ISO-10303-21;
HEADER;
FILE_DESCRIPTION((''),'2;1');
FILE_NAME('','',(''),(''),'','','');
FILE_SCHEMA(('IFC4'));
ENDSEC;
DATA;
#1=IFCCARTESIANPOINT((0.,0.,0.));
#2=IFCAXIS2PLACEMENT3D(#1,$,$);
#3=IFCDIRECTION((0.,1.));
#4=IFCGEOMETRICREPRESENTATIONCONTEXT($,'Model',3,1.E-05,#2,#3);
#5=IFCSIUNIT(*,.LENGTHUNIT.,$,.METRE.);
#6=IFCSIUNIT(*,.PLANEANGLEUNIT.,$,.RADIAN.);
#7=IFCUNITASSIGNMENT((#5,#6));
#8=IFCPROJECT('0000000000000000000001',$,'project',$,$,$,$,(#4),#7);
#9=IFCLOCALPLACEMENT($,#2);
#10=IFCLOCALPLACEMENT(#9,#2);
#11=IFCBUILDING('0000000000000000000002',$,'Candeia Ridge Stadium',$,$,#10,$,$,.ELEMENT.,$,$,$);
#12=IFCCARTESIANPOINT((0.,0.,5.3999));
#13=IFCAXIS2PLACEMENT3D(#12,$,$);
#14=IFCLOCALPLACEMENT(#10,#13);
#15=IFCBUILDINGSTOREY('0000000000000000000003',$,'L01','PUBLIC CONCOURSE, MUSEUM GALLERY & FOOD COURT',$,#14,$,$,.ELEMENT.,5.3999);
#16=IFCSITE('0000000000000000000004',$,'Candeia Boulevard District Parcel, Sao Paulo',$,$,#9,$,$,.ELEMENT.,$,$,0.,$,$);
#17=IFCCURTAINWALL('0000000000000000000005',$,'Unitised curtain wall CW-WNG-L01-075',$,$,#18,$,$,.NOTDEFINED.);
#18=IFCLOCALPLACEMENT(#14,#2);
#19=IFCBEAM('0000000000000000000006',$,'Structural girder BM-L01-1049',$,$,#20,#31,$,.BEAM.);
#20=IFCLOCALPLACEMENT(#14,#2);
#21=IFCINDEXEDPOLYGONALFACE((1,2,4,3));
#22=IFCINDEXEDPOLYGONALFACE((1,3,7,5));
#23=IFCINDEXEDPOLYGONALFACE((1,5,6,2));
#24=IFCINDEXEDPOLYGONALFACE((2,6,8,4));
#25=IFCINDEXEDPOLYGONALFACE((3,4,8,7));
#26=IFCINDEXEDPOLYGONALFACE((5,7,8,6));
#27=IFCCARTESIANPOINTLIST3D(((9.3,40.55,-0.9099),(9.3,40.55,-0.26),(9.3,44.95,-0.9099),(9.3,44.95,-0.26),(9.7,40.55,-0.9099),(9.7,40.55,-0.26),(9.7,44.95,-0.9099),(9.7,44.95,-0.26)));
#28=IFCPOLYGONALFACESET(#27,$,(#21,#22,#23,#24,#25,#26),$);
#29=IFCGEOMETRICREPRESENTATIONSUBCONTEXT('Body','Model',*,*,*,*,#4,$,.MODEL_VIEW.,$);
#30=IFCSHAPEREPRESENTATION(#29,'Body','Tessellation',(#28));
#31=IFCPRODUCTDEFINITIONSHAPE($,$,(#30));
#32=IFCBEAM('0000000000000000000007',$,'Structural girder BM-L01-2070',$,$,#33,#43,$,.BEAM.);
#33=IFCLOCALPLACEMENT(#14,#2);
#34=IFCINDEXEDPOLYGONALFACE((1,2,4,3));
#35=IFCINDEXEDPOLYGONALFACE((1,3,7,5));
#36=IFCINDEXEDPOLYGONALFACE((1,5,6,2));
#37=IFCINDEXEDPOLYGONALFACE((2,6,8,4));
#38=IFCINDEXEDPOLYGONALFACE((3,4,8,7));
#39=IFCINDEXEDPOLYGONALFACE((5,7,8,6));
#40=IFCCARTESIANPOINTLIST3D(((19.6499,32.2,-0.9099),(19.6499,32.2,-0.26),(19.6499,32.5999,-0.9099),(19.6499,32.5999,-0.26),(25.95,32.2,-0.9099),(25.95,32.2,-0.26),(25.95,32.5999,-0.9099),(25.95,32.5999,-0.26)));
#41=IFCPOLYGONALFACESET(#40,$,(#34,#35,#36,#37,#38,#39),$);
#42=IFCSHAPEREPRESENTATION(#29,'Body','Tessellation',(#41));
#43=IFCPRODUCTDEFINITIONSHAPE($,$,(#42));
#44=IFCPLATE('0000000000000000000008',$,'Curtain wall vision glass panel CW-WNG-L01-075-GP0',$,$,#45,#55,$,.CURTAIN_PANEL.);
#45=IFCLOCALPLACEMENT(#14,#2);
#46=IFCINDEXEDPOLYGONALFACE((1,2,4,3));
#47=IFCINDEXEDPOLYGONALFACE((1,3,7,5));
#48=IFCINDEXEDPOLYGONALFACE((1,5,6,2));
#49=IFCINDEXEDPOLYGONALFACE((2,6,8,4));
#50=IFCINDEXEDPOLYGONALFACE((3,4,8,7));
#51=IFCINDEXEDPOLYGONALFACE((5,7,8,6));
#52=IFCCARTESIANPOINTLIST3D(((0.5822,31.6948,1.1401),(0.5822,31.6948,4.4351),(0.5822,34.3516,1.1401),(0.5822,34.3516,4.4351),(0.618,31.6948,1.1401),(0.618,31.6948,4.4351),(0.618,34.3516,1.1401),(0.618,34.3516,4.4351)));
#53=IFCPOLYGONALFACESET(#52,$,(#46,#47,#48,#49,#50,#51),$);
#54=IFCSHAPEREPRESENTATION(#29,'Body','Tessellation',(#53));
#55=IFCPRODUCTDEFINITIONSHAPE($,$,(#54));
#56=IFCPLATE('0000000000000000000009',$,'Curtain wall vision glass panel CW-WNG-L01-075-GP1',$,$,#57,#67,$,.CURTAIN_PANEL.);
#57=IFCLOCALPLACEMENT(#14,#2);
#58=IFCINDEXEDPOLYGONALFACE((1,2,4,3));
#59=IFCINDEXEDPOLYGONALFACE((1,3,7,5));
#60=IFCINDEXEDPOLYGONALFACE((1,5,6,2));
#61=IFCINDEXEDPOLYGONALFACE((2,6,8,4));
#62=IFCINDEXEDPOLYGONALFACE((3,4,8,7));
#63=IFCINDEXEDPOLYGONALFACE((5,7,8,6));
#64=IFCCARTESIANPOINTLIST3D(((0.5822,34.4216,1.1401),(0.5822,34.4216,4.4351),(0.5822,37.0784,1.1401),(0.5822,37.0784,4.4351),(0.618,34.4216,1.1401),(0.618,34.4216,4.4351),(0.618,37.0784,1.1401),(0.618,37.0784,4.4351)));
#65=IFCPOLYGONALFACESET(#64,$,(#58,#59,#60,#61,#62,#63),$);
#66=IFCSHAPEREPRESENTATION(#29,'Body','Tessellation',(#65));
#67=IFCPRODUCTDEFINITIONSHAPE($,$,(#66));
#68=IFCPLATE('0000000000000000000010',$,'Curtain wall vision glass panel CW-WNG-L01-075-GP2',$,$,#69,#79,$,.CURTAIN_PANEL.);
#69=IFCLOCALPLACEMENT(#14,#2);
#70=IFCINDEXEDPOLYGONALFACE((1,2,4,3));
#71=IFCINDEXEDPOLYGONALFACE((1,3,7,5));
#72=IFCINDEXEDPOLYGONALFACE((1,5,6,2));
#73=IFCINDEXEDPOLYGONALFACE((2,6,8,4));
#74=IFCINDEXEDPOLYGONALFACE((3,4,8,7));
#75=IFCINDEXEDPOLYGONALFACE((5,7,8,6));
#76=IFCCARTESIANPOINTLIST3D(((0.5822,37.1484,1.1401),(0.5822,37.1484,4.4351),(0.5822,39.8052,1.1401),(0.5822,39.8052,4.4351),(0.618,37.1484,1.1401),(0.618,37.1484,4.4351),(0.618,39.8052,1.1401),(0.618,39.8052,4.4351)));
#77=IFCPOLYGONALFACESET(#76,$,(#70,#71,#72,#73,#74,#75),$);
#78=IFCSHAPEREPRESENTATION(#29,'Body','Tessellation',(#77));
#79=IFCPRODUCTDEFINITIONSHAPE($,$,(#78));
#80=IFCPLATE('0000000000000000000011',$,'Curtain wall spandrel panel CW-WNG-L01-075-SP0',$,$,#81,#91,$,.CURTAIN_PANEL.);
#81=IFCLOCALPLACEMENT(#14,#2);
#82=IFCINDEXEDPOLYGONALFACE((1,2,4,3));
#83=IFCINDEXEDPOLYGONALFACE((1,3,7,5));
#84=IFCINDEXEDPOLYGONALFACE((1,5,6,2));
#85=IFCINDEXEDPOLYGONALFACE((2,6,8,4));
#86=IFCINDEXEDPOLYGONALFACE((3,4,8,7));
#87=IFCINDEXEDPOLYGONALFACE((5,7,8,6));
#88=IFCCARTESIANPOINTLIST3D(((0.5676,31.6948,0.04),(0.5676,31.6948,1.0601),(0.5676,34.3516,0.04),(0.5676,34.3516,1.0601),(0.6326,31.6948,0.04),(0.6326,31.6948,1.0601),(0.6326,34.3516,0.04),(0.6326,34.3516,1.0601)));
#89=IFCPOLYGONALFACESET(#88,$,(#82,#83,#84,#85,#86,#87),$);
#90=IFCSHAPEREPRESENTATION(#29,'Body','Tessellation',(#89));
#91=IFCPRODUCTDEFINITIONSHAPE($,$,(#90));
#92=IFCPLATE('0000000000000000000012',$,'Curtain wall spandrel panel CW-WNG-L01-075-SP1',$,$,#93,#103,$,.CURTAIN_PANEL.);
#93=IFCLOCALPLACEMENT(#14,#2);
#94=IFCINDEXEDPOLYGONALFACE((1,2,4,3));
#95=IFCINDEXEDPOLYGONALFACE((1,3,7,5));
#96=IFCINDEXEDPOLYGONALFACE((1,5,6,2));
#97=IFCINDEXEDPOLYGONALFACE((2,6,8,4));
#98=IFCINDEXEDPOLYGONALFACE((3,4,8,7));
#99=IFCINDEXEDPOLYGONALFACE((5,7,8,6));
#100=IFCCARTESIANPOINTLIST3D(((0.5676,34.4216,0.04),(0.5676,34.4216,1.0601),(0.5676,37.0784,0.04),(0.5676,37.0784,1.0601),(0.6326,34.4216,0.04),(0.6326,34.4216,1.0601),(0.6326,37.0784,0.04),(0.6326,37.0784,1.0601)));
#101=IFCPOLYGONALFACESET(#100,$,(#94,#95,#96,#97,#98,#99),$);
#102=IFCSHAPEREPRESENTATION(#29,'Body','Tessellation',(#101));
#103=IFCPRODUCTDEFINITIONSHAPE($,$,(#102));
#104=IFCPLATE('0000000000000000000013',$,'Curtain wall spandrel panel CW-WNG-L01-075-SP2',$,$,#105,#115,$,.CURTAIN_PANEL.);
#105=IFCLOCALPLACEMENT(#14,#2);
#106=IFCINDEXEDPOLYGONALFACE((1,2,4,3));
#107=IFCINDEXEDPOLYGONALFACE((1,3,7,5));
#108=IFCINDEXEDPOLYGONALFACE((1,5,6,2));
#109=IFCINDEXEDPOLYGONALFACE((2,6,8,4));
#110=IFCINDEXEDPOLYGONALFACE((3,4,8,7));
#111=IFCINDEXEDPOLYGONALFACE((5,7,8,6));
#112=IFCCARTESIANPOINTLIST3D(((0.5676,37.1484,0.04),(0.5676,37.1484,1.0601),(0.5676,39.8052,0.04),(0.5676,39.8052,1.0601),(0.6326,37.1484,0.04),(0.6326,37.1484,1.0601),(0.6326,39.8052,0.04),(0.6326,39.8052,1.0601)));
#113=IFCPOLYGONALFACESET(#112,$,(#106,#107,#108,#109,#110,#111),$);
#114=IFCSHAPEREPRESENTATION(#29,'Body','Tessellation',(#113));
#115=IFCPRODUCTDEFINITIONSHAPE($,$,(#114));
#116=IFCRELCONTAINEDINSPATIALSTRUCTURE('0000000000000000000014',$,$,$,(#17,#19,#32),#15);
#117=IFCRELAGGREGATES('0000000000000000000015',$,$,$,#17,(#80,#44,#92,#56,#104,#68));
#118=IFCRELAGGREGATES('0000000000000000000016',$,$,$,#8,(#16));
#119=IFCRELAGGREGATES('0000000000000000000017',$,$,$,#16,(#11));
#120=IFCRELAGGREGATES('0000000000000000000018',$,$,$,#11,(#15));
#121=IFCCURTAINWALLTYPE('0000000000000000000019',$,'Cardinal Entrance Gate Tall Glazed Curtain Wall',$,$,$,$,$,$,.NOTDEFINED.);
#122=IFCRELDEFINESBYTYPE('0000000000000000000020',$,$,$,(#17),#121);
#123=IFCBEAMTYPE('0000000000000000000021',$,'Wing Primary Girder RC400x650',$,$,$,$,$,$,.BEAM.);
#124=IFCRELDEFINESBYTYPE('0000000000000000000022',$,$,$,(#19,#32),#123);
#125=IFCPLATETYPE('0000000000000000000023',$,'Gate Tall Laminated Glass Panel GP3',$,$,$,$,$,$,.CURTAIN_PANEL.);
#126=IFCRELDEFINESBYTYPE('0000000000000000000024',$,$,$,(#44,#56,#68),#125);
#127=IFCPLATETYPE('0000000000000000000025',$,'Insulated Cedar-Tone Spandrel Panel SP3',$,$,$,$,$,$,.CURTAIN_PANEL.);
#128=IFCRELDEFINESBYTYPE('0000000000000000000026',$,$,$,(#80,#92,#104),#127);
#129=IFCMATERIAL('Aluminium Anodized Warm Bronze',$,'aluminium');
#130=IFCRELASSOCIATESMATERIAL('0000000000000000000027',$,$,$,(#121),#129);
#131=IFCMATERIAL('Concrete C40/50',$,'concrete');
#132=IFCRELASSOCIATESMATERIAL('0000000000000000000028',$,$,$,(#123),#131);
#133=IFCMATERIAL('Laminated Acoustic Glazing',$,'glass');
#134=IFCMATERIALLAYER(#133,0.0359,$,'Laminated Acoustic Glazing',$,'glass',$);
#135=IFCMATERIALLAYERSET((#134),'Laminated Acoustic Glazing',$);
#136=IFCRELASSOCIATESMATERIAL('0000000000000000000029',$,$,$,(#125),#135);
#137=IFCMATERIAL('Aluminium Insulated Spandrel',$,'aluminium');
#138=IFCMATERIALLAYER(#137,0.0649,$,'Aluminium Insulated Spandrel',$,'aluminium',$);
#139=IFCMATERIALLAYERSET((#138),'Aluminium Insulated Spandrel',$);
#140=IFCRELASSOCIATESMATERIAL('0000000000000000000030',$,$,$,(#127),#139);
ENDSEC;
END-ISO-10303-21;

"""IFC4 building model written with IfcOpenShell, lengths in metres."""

from ifc_helpers import new_model, si_unit, direction, frame, origin, origin_2d, place, context, subcontext, project, spatial, rectangle, extrude, material, layer, layer_set, material_profile, profile_set, type_object, element, aggregate, save


model = new_model("IFC4")

# Units and contexts
model_context = context("Model", 3, precision=1e-05, world=origin(), true_north=direction((0.0, 1.0)))
body_context = subcontext(model_context, "Body", "Model", "MODEL_VIEW")
ifc_project = project(units=[si_unit("LENGTHUNIT", "METRE"), si_unit("PLANEANGLEUNIT", "RADIAN")], contexts=[model_context])

# Site, building, storey
site_placement = place(None, origin())
site = spatial("IfcSite", under=ifc_project, at=site_placement, Name="Candeia Boulevard District Parcel, Sao Paulo", CompositionType="ELEMENT", RefElevation=0.0)
building_placement = place(site_placement, origin())
building = spatial("IfcBuilding", under=site, at=building_placement, Name="Candeia Ridge Stadium", CompositionType="ELEMENT")
storey_placement = place(building_placement, frame((0.0, 0.0, 5.3999)))
storey = spatial("IfcBuildingStorey", under=building, at=storey_placement, Name="L01", Description="PUBLIC CONCOURSE, MUSEUM GALLERY & FOOD COURT", CompositionType="ELEMENT", Elevation=5.3999)

# Shared definitions
ifc_material_1 = material(Name="Concrete C40/50", Category="concrete")

# Curtain wall
ifc_material_2 = material(Name="Aluminium Anodized Warm Bronze", Category="aluminium")
curtain_wall_type = type_object("IfcCurtainWallType", Name="Cardinal Entrance Gate Tall Glazed Curtain Wall", PredefinedType="NOTDEFINED", material=ifc_material_2)
curtain_wall_placement = place(storey_placement, origin())
curtain_wall = element("IfcCurtainWall", 1, at=curtain_wall_placement, inside=storey, type_object=curtain_wall_type, Name="Unitised curtain wall CW-WNG-L01-075", PredefinedType="NOTDEFINED")

# Beams
ifc_material_profile_1 = material_profile(ifc_material_1, rectangle(XDim=0.3999, YDim=0.6499, at=origin_2d()), Name="RC400x650", Category="concrete")
ifc_profile_set_1 = profile_set([ifc_material_profile_1], Name="Concrete C40/50")
beam_type_1 = type_object("IfcBeamType", Name="Wing Primary Girder RC400x650", PredefinedType="BEAM", material=ifc_profile_set_1)
beam_1_placement = place(storey_placement, frame((9.5, 40.55, -0.585), z_axis=(0.0, 1.0, 0.0), x_axis=(-1.0, 0.0, 0.0)))
element("IfcBeam", 2, at=beam_1_placement, inside=storey, type_object=beam_type_1, Name="Structural girder BM-L01-1049", PredefinedType="BEAM", context=body_context, shape_type="SweptSolid", body=[
    extrude(rectangle(XDim=0.3999, YDim=0.6499, at=origin_2d()), origin(), (0.0, 0.0, 1.0), 4.3999),
])
beam_2_placement = place(storey_placement, frame((19.6499, 32.3999, -0.585), z_axis=(1.0, 0.0, 0.0), x_axis=(0.0, 1.0, 0.0)))
element("IfcBeam", 3, at=beam_2_placement, inside=storey, type_object=beam_type_1, Name="Structural girder BM-L01-2070", PredefinedType="BEAM", context=body_context, shape_type="SweptSolid", body=[
    extrude(rectangle(XDim=0.3999, YDim=0.6499, at=origin_2d()), origin(), (0.0, 0.0, 1.0), 6.3),
])

# Plates
ifc_material_3 = material(Name="Laminated Acoustic Glazing", Category="glass")
ifc_layer_1 = layer(ifc_material_3, 0.0359, Name="Laminated Acoustic Glazing", Category="glass")
ifc_layer_set_1 = layer_set([ifc_layer_1], Name="Laminated Acoustic Glazing")
plate_type_1 = type_object("IfcPlateType", Name="Gate Tall Laminated Glass Panel GP3", PredefinedType="CURTAIN_PANEL", material=ifc_layer_set_1)
plate_1_placement = place(storey_placement, frame((0.6001, 33.0232, 1.1401), z_axis=(0.0, 0.0, 1.0), x_axis=(0.0, 1.0, 0.0)))
plate_1 = element("IfcPlate", 4, at=plate_1_placement, type_object=plate_type_1, Name="Curtain wall vision glass panel CW-WNG-L01-075-GP0", PredefinedType="CURTAIN_PANEL", context=body_context, shape_type="SweptSolid", body=[
    extrude(rectangle(XDim=2.6567, YDim=0.0359, at=origin_2d()), origin(), (0.0, 0.0, 1.0), 3.2949),
])
plate_2_placement = place(storey_placement, frame((0.6001, 35.75, 1.1401), z_axis=(0.0, 0.0, 1.0), x_axis=(0.0, 1.0, 0.0)))
plate_2 = element("IfcPlate", 5, at=plate_2_placement, type_object=plate_type_1, Name="Curtain wall vision glass panel CW-WNG-L01-075-GP1", PredefinedType="CURTAIN_PANEL", context=body_context, shape_type="SweptSolid", body=[
    extrude(rectangle(XDim=2.6567, YDim=0.0359, at=origin_2d()), origin(), (0.0, 0.0, 1.0), 3.2949),
])
plate_3_placement = place(storey_placement, frame((0.6001, 38.4768, 1.1401), z_axis=(0.0, 0.0, 1.0), x_axis=(0.0, 1.0, 0.0)))
plate_3 = element("IfcPlate", 6, at=plate_3_placement, type_object=plate_type_1, Name="Curtain wall vision glass panel CW-WNG-L01-075-GP2", PredefinedType="CURTAIN_PANEL", context=body_context, shape_type="SweptSolid", body=[
    extrude(rectangle(XDim=2.6567, YDim=0.0359, at=origin_2d()), origin(), (0.0, 0.0, 1.0), 3.2949),
])
ifc_material_4 = material(Name="Aluminium Insulated Spandrel", Category="aluminium")
ifc_layer_2 = layer(ifc_material_4, 0.0649, Name="Aluminium Insulated Spandrel", Category="aluminium")
ifc_layer_set_2 = layer_set([ifc_layer_2], Name="Aluminium Insulated Spandrel")
plate_type_2 = type_object("IfcPlateType", Name="Insulated Cedar-Tone Spandrel Panel SP3", PredefinedType="CURTAIN_PANEL", material=ifc_layer_set_2)
plate_4_placement = place(storey_placement, frame((0.6001, 33.0232, 0.04), z_axis=(0.0, 0.0, 1.0), x_axis=(0.0, 1.0, 0.0)))
plate_4 = element("IfcPlate", 7, at=plate_4_placement, type_object=plate_type_2, Name="Curtain wall spandrel panel CW-WNG-L01-075-SP0", PredefinedType="CURTAIN_PANEL", context=body_context, shape_type="SweptSolid", body=[
    extrude(rectangle(XDim=2.6567, YDim=0.0649, at=origin_2d()), origin(), (0.0, 0.0, 1.0), 1.02),
])
plate_5_placement = place(storey_placement, frame((0.6001, 35.75, 0.04), z_axis=(0.0, 0.0, 1.0), x_axis=(0.0, 1.0, 0.0)))
plate_5 = element("IfcPlate", 8, at=plate_5_placement, type_object=plate_type_2, Name="Curtain wall spandrel panel CW-WNG-L01-075-SP1", PredefinedType="CURTAIN_PANEL", context=body_context, shape_type="SweptSolid", body=[
    extrude(rectangle(XDim=2.6567, YDim=0.0649, at=origin_2d()), origin(), (0.0, 0.0, 1.0), 1.02),
])
plate_6_placement = place(storey_placement, frame((0.6001, 38.4768, 0.04), z_axis=(0.0, 0.0, 1.0), x_axis=(0.0, 1.0, 0.0)))
plate_6 = element("IfcPlate", 9, at=plate_6_placement, type_object=plate_type_2, Name="Curtain wall spandrel panel CW-WNG-L01-075-SP2", PredefinedType="CURTAIN_PANEL", context=body_context, shape_type="SweptSolid", body=[
    extrude(rectangle(XDim=2.6567, YDim=0.0649, at=origin_2d()), origin(), (0.0, 0.0, 1.0), 1.02),
])
aggregate(curtain_wall, [plate_4, plate_1, plate_5, plate_2, plate_6, plate_3])

save(model, "model.ifc")
